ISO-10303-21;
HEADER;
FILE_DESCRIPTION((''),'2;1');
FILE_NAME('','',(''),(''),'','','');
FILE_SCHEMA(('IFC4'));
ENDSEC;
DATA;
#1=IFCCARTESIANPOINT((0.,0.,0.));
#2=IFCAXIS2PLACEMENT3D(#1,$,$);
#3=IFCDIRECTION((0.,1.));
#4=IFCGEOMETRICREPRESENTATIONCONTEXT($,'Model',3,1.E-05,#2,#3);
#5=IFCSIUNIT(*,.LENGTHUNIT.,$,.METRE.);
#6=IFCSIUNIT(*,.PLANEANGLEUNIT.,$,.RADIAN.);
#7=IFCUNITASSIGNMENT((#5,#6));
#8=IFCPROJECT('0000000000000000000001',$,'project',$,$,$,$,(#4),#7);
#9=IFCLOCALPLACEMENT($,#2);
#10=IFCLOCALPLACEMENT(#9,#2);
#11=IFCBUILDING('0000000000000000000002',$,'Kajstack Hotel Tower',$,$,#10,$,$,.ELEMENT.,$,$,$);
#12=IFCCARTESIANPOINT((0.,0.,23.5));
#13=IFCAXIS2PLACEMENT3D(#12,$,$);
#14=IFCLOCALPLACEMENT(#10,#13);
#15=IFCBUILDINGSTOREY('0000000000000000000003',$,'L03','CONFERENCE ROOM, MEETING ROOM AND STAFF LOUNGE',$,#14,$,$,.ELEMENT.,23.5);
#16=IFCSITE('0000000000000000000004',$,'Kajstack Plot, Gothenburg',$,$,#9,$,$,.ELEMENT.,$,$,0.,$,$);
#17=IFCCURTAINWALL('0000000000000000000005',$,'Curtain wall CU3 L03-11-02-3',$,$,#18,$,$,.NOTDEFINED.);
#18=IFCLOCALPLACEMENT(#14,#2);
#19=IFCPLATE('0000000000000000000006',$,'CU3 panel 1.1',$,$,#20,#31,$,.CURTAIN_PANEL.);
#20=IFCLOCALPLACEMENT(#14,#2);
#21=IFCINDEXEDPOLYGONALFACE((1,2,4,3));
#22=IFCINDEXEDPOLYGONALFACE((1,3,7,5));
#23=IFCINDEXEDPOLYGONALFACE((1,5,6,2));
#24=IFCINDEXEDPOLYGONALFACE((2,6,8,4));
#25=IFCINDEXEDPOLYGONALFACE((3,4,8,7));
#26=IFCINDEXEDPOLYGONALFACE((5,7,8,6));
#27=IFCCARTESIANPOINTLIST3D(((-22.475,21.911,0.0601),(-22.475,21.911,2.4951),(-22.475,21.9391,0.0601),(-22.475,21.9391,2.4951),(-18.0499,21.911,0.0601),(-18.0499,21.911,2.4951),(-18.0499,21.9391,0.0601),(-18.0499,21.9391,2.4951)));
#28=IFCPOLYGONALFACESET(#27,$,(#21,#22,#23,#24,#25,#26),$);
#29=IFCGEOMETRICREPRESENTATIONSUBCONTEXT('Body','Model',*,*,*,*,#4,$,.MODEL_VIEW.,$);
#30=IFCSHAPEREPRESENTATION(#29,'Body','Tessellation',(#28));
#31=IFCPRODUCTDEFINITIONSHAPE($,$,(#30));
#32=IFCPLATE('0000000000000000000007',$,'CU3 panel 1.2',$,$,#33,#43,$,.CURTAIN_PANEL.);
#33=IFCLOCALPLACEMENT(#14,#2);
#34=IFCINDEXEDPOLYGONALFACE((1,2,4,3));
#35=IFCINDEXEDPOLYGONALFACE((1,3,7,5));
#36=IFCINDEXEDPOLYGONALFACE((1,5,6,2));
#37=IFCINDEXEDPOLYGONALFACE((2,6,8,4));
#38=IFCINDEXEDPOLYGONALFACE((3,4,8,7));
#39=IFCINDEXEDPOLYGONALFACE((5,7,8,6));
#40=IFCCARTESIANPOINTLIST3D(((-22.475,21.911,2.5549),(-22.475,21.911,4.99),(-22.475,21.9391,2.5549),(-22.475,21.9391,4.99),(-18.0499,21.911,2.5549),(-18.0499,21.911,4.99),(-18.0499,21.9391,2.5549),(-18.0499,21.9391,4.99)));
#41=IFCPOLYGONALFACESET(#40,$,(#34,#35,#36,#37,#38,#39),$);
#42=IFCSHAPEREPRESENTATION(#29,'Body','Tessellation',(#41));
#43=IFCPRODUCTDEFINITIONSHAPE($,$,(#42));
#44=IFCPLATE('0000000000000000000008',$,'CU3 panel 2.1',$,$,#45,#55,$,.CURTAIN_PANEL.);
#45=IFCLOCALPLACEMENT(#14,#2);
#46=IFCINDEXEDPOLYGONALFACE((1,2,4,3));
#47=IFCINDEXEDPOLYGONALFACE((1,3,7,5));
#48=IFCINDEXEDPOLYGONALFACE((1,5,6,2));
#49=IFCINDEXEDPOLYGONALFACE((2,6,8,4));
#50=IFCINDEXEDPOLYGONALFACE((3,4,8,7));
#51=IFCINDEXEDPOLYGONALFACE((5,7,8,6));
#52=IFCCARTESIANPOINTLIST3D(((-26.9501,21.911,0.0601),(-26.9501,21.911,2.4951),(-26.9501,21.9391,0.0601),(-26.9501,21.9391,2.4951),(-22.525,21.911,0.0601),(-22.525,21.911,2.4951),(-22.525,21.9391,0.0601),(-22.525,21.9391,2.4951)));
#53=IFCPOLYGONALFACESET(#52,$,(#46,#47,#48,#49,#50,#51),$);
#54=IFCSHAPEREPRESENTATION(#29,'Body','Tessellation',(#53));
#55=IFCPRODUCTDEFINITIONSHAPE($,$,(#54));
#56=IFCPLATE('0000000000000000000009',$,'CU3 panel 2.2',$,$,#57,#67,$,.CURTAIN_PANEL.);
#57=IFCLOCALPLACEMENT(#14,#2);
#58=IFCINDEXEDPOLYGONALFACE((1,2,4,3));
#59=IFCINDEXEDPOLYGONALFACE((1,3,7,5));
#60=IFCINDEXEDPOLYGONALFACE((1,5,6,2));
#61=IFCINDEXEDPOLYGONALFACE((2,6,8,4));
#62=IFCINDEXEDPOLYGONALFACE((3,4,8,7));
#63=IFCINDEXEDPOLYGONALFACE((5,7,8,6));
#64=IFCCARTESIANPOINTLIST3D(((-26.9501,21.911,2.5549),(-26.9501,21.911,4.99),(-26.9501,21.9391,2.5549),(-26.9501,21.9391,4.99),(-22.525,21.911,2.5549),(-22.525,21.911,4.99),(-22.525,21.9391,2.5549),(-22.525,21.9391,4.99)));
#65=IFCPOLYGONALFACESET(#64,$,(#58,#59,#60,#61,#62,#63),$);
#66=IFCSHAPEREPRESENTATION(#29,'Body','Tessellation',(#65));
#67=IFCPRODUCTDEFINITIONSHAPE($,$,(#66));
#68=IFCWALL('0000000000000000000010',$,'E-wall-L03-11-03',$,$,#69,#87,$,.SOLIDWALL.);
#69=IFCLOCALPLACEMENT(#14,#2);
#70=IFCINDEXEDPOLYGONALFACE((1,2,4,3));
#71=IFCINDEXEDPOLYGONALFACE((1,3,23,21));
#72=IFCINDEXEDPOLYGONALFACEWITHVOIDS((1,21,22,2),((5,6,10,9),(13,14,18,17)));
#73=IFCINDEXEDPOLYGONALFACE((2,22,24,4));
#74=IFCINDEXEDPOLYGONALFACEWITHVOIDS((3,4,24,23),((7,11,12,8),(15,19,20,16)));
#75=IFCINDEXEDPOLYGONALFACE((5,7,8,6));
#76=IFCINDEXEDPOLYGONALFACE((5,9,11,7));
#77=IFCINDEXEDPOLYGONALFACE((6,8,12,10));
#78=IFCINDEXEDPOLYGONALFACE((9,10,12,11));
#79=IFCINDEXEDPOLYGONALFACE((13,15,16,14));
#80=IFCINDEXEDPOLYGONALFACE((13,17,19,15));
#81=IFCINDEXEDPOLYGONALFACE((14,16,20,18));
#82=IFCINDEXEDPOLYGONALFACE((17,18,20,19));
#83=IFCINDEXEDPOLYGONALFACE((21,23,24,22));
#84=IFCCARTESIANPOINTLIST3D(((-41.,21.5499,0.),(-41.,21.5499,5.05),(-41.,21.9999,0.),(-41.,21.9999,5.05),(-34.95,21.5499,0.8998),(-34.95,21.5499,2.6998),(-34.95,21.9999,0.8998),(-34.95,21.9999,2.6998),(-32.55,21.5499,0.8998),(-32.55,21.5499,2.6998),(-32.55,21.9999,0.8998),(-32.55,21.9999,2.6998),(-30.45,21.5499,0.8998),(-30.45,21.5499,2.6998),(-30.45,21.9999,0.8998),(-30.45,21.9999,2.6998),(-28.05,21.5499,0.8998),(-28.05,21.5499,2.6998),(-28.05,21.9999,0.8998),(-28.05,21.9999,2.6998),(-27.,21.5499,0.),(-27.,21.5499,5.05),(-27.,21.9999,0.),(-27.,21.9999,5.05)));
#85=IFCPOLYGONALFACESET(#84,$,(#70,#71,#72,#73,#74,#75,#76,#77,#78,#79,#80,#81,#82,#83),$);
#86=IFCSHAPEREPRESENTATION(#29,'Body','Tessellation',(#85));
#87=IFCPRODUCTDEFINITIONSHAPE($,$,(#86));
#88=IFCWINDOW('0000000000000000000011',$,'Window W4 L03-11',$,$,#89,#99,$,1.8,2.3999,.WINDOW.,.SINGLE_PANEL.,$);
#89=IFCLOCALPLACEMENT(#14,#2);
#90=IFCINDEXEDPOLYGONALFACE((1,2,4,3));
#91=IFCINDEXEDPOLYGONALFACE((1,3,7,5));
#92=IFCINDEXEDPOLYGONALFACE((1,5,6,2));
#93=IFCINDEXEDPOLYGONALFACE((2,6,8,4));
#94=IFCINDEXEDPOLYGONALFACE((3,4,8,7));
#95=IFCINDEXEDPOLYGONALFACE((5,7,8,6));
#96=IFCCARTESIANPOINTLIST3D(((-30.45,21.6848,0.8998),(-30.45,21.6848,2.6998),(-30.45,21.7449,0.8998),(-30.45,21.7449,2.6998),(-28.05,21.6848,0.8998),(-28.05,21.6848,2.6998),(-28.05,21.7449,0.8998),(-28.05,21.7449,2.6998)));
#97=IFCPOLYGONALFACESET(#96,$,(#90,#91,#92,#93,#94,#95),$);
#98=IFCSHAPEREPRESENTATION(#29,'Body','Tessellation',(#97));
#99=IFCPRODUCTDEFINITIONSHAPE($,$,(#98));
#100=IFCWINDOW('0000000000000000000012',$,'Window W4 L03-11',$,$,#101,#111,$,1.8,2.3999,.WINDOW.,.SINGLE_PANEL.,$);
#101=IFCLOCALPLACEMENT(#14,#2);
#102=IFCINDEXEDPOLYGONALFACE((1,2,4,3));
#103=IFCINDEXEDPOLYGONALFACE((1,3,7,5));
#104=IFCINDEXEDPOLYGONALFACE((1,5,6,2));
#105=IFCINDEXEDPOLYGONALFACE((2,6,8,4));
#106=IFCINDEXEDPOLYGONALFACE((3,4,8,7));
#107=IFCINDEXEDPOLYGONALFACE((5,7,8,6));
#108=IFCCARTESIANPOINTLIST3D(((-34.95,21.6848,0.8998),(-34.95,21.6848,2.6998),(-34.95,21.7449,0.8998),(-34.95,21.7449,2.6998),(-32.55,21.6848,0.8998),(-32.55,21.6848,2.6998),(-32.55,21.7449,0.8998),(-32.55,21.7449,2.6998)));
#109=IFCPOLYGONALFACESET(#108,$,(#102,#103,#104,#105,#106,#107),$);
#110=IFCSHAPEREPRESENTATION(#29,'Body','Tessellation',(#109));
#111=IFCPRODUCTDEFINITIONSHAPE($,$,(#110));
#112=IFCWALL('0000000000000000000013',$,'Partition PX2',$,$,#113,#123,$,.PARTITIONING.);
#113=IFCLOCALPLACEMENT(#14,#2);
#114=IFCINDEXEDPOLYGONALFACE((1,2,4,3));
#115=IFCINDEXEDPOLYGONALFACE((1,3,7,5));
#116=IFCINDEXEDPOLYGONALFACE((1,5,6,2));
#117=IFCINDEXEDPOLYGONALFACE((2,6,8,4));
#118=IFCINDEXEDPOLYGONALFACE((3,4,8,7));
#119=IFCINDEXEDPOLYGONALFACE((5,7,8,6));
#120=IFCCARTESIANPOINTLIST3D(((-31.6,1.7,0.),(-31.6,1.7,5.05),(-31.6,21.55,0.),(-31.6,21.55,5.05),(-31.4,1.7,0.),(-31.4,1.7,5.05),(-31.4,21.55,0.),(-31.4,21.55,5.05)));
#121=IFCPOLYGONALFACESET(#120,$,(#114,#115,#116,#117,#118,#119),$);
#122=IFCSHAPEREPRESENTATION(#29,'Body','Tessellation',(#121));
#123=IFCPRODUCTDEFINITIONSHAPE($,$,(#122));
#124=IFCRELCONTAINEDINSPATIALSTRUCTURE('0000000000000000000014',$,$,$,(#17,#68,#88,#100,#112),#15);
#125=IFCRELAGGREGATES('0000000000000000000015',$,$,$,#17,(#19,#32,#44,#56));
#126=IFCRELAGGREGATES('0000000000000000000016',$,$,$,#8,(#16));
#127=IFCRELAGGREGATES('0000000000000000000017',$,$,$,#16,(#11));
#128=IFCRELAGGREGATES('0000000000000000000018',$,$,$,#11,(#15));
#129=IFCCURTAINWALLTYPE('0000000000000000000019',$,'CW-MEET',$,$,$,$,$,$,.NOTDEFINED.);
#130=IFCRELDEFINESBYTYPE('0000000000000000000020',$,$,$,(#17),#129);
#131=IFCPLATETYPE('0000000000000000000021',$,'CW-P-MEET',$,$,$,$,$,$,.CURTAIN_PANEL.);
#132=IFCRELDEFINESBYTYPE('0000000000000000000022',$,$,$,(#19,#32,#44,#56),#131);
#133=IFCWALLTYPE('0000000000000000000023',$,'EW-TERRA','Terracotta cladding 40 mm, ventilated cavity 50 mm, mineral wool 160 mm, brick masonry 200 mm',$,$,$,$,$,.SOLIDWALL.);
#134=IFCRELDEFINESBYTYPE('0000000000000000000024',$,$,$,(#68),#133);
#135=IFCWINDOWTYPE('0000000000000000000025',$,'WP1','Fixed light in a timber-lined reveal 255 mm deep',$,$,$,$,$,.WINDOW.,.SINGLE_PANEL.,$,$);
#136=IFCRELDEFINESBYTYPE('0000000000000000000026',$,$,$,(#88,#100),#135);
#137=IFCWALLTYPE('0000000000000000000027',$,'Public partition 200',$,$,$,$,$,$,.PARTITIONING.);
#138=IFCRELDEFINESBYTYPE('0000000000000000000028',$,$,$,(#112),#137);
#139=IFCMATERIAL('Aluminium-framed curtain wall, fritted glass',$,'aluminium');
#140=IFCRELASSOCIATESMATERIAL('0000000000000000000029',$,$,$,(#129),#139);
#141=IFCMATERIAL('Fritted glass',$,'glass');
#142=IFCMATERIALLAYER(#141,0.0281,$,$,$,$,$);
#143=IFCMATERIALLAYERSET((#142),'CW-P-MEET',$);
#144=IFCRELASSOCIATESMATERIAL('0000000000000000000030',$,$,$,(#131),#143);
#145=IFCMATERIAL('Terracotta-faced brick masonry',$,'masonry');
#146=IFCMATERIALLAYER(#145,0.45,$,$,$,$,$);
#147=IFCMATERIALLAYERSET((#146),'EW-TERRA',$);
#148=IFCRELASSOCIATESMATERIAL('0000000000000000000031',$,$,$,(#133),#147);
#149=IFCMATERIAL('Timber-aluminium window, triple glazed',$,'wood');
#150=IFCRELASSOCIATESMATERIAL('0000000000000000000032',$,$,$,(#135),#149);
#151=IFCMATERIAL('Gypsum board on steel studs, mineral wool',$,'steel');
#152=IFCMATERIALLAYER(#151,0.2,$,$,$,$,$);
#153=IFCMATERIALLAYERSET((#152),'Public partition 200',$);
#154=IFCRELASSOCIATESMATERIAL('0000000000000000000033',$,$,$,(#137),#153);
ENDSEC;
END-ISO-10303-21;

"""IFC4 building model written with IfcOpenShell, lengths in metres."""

from ifc_helpers import new_model, si_unit, direction, frame, frame_2d, origin, origin_2d, place, context, subcontext, project, spatial, rectangle, extrude, material, layer, layer_set, type_object, element, fill, aggregate, save


model = new_model("IFC4")

# Units and contexts
model_context = context("Model", 3, precision=1e-05, world=origin(), true_north=direction((0.0, 1.0)))
body_context = subcontext(model_context, "Body", "Model", "MODEL_VIEW")
ifc_project = project(units=[si_unit("LENGTHUNIT", "METRE"), si_unit("PLANEANGLEUNIT", "RADIAN")], contexts=[model_context])

# Site, building, storey
site_placement = place(None, origin())
site = spatial("IfcSite", under=ifc_project, at=site_placement, Name="Kajstack Plot, Gothenburg", CompositionType="ELEMENT", RefElevation=0.0)
building_placement = place(site_placement, origin())
building = spatial("IfcBuilding", under=site, at=building_placement, Name="Kajstack Hotel Tower", CompositionType="ELEMENT")
storey_placement = place(building_placement, frame((0.0, 0.0, 23.5)))
storey = spatial("IfcBuildingStorey", under=building, at=storey_placement, Name="L03", Description="CONFERENCE ROOM, MEETING ROOM AND STAFF LOUNGE", CompositionType="ELEMENT", Elevation=23.5)

# Shared definitions
ifc_material_1 = material(Name="Aluminium-framed curtain wall, fritted glass", Category="aluminium")
curtain_wall_type = type_object("IfcCurtainWallType", Name="CW-MEET", PredefinedType="NOTDEFINED", material=ifc_material_1)

# Curtain wall, plates
curtain_wall_1_placement = place(storey_placement, origin())
curtain_wall_1 = element("IfcCurtainWall", 1, at=curtain_wall_1_placement, inside=storey, type_object=curtain_wall_type, Name="Curtain wall CU3 L03-11-02-3", PredefinedType="NOTDEFINED")
ifc_material_2 = material(Name="Fritted glass", Category="glass")
ifc_layer_1 = layer(ifc_material_2, 0.0281)
ifc_layer_set_1 = layer_set([ifc_layer_1], Name="CW-P-MEET")
plate_type = type_object("IfcPlateType", Name="CW-P-MEET", PredefinedType="CURTAIN_PANEL", material=ifc_layer_set_1)
plate_1_placement = place(storey_placement, frame((-20.2625, 21.925, 0.0601), z_axis=(0.0, 0.0, 1.0), x_axis=(-1.0, 0.0, 0.0)))
plate_1 = element("IfcPlate", 2, at=plate_1_placement, type_object=plate_type, Name="CU3 panel 1.1", PredefinedType="CURTAIN_PANEL", context=body_context, shape_type="SweptSolid", body=[
    extrude(rectangle(XDim=4.425, YDim=0.0281, at=origin_2d()), origin(), (0.0, 0.0, 1.0), 2.4351),
])
plate_2_placement = place(storey_placement, frame((-20.2625, 21.925, 2.5549), z_axis=(0.0, 0.0, 1.0), x_axis=(-1.0, 0.0, 0.0)))
plate_2 = element("IfcPlate", 3, at=plate_2_placement, type_object=plate_type, Name="CU3 panel 1.2", PredefinedType="CURTAIN_PANEL", context=body_context, shape_type="SweptSolid", body=[
    extrude(rectangle(XDim=4.425, YDim=0.0281, at=origin_2d()), origin(), (0.0, 0.0, 1.0), 2.4351),
])
plate_3_placement = place(storey_placement, frame((-24.7375, 21.925, 0.0601), z_axis=(0.0, 0.0, 1.0), x_axis=(-1.0, 0.0, 0.0)))
plate_3 = element("IfcPlate", 4, at=plate_3_placement, type_object=plate_type, Name="CU3 panel 2.1", PredefinedType="CURTAIN_PANEL", context=body_context, shape_type="SweptSolid", body=[
    extrude(rectangle(XDim=4.425, YDim=0.0281, at=origin_2d()), origin(), (0.0, 0.0, 1.0), 2.4351),
])
plate_4_placement = place(storey_placement, frame((-24.7375, 21.925, 2.5549), z_axis=(0.0, 0.0, 1.0), x_axis=(-1.0, 0.0, 0.0)))
plate_4 = element("IfcPlate", 5, at=plate_4_placement, type_object=plate_type, Name="CU3 panel 2.2", PredefinedType="CURTAIN_PANEL", context=body_context, shape_type="SweptSolid", body=[
    extrude(rectangle(XDim=4.425, YDim=0.0281, at=origin_2d()), origin(), (0.0, 0.0, 1.0), 2.4351),
])
aggregate(curtain_wall_1, [plate_1, plate_2, plate_3, plate_4])

# Wall, openings, windows
ifc_material_3 = material(Name="Terracotta-faced brick masonry", Category="masonry")
ifc_layer_2 = layer(ifc_material_3, 0.45)
ifc_layer_set_2 = layer_set([ifc_layer_2], Name="EW-TERRA")
wall_type_1 = type_object("IfcWallType", Name="EW-TERRA", Description="Terracotta cladding 40 mm, ventilated cavity 50 mm, mineral wool 160 mm, brick masonry 200 mm", PredefinedType="SOLIDWALL", material=ifc_layer_set_2)
wall_1_placement = place(storey_placement, frame((-27.0, 21.7749, 0.0), z_axis=(0.0, 0.0, 1.0), x_axis=(-1.0, 0.0, 0.0)))
wall_1 = element("IfcWall", 6, at=wall_1_placement, inside=storey, type_object=wall_type_1, Name="E-wall-L03-11-03", PredefinedType="SOLIDWALL", context=body_context, shape_type="SweptSolid", body=[
    extrude(rectangle(XDim=14.0, YDim=0.45, at=frame_2d((7.0, 0.0))), origin(), (0.0, 0.0, 1.0), 5.05),
])
opening_1_placement = place(wall_1_placement, frame((1.05, 0.0, 0.8999)))
opening_1 = element("IfcOpeningElement", 7, at=opening_1_placement, cuts=wall_1, PredefinedType="OPENING", context=body_context, shape_type="SweptSolid", body=[
    extrude(rectangle(XDim=2.3999, YDim=1.8, at=frame_2d((1.2, 0.8999))), frame((0.0, 0.2349, 0.0), z_axis=(0.0, -1.0, 0.0), x_axis=(1.0, 0.0, 0.0)), (0.0, 0.0, 1.0), 0.47),
])
opening_2_placement = place(wall_1_placement, frame((5.55, 0.0, 0.8999)))
opening_2 = element("IfcOpeningElement", 8, at=opening_2_placement, cuts=wall_1, PredefinedType="OPENING", context=body_context, shape_type="SweptSolid", body=[
    extrude(rectangle(XDim=2.3999, YDim=1.8, at=frame_2d((1.2, 0.8999))), frame((0.0, 0.2349, 0.0), z_axis=(0.0, -1.0, 0.0), x_axis=(1.0, 0.0, 0.0)), (0.0, 0.0, 1.0), 0.47),
])
ifc_material_4 = material(Name="Timber-aluminium window, triple glazed", Category="wood")
window_type = type_object("IfcWindowType", Name="WP1", Description="Fixed light in a timber-lined reveal 255 mm deep", PartitioningType="SINGLE_PANEL", PredefinedType="WINDOW", material=ifc_material_4)
window_1_placement = place(opening_1_placement, origin())
window_1 = element("IfcWindow", 9, at=window_1_placement, inside=storey, type_object=window_type, Name="Window W4 L03-11", OverallHeight=1.8, OverallWidth=2.3999, PartitioningType="SINGLE_PANEL", PredefinedType="WINDOW", context=body_context, shape_type="SweptSolid", body=[
    extrude(rectangle(XDim=2.3999, YDim=1.8, at=frame_2d((1.2, 0.8999))), frame((0.0, 0.0901, 0.0), z_axis=(0.0, -1.0, 0.0), x_axis=(1.0, 0.0, 0.0)), (0.0, 0.0, 1.0), 0.0601),
])
fill(opening_1, window_1)
window_2_placement = place(opening_2_placement, origin())
window_2 = element("IfcWindow", 10, at=window_2_placement, inside=storey, type_object=window_type, Name="Window W4 L03-11", OverallHeight=1.8, OverallWidth=2.3999, PartitioningType="SINGLE_PANEL", PredefinedType="WINDOW", context=body_context, shape_type="SweptSolid", body=[
    extrude(rectangle(XDim=2.3999, YDim=1.8, at=frame_2d((1.2, 0.8999))), frame((0.0, 0.0901, 0.0), z_axis=(0.0, -1.0, 0.0), x_axis=(1.0, 0.0, 0.0)), (0.0, 0.0, 1.0), 0.0601),
])
fill(opening_2, window_2)

# Wall
ifc_material_5 = material(Name="Gypsum board on steel studs, mineral wool", Category="steel")
ifc_layer_3 = layer(ifc_material_5, 0.2)
ifc_layer_set_3 = layer_set([ifc_layer_3], Name="Public partition 200")
wall_type_2 = type_object("IfcWallType", Name="Public partition 200", PredefinedType="PARTITIONING", material=ifc_layer_set_3)
wall_2_placement = place(storey_placement, frame((-31.5, 1.7, 0.0), z_axis=(0.0, 0.0, 1.0), x_axis=(0.0, 1.0, 0.0)))
element("IfcWall", 11, at=wall_2_placement, inside=storey, type_object=wall_type_2, Name="Partition PX2", PredefinedType="PARTITIONING", context=body_context, shape_type="SweptSolid", body=[
    extrude(rectangle(XDim=19.8501, YDim=0.2, at=frame_2d((9.925, 0.0))), origin(), (0.0, 0.0, 1.0), 5.05),
])

save(model, "model.ifc")
